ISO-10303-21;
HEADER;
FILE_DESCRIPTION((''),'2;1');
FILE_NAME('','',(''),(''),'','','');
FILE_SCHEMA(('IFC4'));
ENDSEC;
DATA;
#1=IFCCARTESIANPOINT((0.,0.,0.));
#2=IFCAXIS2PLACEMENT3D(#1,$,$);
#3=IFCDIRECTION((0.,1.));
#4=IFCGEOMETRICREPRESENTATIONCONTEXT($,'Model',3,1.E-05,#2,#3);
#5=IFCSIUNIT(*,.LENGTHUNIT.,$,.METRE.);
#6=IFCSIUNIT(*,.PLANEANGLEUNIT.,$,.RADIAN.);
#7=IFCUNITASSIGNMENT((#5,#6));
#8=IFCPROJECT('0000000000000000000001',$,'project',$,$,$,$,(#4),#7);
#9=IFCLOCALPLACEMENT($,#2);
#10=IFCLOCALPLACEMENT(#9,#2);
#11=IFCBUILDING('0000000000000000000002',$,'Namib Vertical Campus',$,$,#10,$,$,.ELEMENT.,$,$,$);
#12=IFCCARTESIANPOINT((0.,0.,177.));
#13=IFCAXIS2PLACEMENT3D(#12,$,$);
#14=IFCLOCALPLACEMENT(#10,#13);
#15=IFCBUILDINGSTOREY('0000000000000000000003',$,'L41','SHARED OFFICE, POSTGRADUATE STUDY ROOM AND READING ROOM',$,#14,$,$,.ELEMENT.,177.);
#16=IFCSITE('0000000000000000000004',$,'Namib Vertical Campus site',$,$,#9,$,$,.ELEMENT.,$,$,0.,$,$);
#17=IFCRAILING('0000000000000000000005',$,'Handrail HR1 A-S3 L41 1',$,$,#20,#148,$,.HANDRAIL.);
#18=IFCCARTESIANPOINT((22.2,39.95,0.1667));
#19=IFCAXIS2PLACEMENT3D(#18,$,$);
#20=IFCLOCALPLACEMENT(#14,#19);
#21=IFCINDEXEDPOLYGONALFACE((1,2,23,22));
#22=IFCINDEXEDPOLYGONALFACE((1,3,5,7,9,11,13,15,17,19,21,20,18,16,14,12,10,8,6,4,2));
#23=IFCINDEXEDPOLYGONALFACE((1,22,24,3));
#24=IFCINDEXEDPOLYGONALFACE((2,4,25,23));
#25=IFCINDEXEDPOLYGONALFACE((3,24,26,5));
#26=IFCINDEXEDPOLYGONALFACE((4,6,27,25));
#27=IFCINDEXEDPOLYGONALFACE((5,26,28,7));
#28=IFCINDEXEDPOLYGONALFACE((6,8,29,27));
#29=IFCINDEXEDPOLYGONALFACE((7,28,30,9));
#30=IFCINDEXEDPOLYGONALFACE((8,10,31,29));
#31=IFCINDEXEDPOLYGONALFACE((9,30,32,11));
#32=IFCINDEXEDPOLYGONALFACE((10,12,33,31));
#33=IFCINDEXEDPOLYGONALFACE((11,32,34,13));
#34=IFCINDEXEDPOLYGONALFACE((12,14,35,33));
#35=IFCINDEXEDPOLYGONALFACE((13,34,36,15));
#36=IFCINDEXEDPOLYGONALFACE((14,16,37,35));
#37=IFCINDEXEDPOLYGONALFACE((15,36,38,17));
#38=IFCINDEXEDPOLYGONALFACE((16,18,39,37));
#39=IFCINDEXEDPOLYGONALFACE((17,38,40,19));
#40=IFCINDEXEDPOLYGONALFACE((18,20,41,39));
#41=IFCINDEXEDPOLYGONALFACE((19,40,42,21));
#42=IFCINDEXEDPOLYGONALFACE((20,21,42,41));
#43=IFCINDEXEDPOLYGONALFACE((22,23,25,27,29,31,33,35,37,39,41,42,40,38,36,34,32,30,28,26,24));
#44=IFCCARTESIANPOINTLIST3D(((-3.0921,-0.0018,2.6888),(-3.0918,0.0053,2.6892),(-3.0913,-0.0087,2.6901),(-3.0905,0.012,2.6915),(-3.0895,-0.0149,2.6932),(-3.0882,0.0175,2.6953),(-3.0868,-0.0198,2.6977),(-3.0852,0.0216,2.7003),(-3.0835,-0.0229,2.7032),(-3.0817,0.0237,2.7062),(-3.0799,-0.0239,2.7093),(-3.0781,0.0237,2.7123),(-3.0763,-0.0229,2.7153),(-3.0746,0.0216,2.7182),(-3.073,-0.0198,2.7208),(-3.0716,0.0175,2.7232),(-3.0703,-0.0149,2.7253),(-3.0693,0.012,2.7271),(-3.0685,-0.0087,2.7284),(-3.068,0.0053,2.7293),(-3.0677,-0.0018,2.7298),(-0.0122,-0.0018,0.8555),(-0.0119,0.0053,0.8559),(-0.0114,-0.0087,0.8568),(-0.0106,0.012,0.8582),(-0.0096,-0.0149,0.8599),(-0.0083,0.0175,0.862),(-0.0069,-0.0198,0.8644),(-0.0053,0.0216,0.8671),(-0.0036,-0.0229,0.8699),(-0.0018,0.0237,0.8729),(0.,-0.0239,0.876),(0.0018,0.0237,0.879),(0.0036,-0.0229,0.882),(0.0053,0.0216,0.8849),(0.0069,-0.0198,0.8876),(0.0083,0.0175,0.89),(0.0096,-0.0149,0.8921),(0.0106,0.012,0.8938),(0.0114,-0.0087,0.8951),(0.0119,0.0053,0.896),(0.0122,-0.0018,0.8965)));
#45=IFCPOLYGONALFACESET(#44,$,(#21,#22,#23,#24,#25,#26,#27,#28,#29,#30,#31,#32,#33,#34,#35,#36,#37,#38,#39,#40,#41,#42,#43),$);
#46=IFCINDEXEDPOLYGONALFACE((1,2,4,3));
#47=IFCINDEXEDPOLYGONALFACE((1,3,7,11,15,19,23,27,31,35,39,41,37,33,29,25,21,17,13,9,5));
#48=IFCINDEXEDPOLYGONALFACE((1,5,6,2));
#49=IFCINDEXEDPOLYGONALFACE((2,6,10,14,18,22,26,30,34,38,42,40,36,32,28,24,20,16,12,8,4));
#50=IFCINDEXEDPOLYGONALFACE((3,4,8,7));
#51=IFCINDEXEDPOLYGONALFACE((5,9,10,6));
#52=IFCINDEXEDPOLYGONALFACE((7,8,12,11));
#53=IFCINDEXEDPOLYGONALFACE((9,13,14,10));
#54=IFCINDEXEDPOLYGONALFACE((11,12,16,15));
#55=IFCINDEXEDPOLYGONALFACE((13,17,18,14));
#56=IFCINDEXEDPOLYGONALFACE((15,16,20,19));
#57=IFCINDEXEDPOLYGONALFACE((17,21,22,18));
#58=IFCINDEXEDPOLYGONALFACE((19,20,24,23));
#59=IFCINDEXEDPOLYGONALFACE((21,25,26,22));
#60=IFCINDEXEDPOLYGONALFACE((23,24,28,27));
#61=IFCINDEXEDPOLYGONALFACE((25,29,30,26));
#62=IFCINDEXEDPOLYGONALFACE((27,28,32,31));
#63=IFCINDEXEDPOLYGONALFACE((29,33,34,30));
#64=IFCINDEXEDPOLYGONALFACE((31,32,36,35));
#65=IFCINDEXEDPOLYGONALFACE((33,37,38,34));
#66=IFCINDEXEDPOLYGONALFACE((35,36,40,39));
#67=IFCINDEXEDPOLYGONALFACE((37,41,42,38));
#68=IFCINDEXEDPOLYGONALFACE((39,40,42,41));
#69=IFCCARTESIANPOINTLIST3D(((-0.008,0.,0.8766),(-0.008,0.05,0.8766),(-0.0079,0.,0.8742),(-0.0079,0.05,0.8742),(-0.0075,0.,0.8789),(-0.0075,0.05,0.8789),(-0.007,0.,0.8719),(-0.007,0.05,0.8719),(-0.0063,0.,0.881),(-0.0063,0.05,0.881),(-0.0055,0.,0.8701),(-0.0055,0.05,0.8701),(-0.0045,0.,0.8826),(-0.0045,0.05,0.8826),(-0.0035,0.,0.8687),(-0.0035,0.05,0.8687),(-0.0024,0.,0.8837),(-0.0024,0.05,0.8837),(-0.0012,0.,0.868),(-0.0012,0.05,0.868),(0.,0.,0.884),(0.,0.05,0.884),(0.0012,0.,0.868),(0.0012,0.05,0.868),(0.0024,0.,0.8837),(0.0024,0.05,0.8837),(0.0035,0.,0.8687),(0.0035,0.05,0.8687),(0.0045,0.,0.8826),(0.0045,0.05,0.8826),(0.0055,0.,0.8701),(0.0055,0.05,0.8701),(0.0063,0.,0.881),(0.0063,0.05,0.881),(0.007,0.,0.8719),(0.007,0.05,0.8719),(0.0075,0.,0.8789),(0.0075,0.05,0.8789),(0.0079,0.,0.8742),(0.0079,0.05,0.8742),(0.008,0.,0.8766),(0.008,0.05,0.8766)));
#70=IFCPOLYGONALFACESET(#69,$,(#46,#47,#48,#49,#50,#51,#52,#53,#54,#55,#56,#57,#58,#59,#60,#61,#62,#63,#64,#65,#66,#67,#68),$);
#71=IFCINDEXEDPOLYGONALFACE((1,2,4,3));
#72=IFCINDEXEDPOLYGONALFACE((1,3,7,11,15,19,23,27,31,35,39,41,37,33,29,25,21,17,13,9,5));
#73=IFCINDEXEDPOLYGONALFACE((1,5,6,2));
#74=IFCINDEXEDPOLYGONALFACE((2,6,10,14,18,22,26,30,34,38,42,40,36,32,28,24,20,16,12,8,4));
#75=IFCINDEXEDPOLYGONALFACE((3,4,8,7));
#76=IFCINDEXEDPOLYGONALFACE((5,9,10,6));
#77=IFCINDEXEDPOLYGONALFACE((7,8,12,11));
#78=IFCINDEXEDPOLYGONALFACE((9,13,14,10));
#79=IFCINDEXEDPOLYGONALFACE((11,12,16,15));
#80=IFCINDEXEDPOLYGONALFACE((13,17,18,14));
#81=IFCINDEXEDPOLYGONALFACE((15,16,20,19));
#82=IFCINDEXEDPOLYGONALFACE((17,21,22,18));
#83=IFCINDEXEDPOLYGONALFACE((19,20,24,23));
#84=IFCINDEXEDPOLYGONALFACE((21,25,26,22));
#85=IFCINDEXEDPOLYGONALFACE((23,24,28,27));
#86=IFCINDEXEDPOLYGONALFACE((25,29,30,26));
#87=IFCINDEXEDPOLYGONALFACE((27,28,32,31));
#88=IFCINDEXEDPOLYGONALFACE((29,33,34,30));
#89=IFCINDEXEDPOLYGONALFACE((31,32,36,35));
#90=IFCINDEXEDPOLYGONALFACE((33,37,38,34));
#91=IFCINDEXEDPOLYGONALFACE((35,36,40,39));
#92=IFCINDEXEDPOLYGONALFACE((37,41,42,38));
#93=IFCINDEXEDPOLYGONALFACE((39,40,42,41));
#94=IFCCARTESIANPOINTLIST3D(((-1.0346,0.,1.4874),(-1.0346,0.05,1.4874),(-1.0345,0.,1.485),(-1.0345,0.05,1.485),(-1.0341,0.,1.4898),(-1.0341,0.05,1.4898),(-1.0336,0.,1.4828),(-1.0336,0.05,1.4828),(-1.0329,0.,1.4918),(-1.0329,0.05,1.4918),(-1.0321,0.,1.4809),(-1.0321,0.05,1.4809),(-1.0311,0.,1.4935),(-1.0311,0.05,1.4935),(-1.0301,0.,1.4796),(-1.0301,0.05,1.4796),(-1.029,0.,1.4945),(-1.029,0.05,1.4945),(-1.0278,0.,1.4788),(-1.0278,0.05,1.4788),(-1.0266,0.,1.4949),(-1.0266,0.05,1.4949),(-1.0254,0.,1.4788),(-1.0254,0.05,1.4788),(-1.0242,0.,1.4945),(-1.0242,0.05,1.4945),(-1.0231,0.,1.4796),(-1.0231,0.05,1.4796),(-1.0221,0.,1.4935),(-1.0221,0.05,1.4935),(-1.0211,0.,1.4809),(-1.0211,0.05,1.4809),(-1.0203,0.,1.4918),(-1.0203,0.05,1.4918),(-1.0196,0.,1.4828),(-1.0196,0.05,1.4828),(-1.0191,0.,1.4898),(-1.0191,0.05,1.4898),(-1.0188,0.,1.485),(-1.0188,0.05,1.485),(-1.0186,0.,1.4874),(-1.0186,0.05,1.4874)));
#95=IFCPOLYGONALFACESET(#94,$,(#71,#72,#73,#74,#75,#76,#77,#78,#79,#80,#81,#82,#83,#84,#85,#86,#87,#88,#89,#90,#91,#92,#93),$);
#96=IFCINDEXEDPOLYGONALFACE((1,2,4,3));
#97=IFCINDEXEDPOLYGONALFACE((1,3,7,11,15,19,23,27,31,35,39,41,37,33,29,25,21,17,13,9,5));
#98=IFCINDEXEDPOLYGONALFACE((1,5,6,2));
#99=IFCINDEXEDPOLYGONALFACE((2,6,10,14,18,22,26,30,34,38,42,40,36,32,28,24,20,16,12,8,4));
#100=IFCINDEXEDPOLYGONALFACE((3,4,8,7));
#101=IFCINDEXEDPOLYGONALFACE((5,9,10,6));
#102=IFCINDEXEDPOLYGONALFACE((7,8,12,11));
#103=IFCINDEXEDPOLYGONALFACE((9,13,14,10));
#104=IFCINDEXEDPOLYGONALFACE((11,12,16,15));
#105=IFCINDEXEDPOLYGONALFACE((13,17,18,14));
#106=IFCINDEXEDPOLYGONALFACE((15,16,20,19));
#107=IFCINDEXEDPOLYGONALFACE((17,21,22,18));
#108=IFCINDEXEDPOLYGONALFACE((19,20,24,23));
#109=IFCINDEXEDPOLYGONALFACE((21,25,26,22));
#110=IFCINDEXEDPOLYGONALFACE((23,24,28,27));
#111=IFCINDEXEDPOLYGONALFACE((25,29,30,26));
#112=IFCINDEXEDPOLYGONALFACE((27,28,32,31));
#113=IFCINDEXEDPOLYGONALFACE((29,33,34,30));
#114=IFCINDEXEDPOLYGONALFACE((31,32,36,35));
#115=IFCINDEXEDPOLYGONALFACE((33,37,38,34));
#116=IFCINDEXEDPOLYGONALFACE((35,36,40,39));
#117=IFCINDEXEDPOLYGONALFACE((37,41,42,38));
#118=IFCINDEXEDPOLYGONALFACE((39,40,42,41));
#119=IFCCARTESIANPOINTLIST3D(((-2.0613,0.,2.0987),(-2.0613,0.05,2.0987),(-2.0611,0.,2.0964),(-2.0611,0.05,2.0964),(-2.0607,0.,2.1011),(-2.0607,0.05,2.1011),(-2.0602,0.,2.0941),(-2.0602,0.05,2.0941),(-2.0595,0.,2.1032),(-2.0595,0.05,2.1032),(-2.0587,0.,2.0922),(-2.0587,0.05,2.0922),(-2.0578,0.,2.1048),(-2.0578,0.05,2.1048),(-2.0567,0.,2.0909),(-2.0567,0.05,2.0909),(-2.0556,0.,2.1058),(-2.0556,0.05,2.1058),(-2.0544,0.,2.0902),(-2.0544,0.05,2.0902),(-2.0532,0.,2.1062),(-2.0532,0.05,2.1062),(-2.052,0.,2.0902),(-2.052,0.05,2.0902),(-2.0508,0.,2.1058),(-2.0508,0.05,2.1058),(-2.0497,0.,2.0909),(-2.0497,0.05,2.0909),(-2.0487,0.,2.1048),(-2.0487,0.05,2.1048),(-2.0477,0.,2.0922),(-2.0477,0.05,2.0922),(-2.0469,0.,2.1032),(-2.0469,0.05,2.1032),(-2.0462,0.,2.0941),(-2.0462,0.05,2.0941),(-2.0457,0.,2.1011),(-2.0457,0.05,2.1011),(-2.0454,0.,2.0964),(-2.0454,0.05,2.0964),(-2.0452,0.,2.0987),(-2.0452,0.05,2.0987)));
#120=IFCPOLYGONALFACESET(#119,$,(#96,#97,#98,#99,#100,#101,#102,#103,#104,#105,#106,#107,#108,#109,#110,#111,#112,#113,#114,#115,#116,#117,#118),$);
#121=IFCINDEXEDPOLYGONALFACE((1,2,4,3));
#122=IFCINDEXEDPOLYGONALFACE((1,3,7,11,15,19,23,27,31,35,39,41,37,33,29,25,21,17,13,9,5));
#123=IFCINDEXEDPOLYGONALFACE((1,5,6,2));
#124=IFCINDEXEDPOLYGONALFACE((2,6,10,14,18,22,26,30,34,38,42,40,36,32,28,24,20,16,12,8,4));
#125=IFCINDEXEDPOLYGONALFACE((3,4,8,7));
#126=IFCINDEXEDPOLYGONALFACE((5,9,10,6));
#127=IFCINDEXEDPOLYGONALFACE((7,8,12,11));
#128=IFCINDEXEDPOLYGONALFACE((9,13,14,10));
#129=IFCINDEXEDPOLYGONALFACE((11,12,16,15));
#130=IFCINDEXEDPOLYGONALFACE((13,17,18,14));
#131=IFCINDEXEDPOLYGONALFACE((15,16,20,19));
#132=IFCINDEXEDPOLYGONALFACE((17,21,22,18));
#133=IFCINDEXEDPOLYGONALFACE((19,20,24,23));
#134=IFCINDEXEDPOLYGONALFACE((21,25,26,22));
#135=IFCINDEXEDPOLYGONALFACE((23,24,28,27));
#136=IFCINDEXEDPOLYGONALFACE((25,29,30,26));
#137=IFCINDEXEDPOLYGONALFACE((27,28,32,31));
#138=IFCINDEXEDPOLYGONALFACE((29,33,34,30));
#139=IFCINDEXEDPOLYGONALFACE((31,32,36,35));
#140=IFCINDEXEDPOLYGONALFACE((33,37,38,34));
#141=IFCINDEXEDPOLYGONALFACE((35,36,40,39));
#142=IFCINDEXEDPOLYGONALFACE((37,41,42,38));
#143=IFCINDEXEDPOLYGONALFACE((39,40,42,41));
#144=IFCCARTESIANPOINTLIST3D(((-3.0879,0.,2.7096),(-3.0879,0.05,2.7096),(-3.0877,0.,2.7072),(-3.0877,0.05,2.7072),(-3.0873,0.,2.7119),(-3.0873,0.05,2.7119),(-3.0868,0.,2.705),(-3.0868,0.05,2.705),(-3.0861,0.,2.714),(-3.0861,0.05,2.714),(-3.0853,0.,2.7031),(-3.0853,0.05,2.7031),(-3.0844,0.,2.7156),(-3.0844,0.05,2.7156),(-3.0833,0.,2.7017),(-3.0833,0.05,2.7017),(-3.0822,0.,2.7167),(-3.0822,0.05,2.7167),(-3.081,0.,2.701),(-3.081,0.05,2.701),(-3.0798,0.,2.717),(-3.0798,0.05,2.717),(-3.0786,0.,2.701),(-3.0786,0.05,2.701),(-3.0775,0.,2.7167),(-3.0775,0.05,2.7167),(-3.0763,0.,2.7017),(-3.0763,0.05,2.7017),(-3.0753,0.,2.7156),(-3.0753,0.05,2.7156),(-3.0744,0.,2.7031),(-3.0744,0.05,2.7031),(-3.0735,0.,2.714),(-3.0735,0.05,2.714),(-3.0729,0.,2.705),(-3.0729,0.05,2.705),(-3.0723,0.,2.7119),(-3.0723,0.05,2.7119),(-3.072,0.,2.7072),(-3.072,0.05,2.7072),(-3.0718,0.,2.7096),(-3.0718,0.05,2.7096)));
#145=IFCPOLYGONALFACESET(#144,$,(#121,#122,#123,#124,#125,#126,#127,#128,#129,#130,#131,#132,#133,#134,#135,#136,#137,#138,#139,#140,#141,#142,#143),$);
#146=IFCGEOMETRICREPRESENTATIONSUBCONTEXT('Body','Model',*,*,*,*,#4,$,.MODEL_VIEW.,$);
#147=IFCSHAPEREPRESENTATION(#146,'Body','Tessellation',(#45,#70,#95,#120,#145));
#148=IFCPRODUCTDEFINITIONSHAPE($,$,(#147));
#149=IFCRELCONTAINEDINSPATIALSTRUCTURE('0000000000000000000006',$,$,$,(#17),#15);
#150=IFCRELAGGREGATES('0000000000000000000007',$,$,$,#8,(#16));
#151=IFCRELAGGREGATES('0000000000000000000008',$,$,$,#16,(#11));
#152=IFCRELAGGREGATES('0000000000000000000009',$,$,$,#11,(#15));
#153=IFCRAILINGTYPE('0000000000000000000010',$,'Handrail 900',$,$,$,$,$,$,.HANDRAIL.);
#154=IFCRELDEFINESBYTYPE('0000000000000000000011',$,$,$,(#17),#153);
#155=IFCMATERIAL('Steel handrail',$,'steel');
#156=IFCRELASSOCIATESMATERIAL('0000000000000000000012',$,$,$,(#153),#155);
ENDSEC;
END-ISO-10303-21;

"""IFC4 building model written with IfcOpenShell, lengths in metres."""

from ifc_helpers import new_model, si_unit, direction, frame, origin, origin_2d, place, context, subcontext, project, spatial, circle, extrude, material, type_object, element, save


model = new_model("IFC4")

# Units and contexts
model_context = context("Model", 3, precision=1e-05, world=origin(), true_north=direction((0.0, 1.0)))
body_context = subcontext(model_context, "Body", "Model", "MODEL_VIEW")
ifc_project = project(units=[si_unit("LENGTHUNIT", "METRE"), si_unit("PLANEANGLEUNIT", "RADIAN")], contexts=[model_context])

# Site, building, storey
site_placement = place(None, origin())
site = spatial("IfcSite", under=ifc_project, at=site_placement, Name="Namib Vertical Campus site", CompositionType="ELEMENT", RefElevation=0.0)
building_placement = place(site_placement, origin())
building = spatial("IfcBuilding", under=site, at=building_placement, Name="Namib Vertical Campus", CompositionType="ELEMENT")
storey_placement = place(building_placement, frame((0.0, 0.0, 177.0)))
storey = spatial("IfcBuildingStorey", under=building, at=storey_placement, Name="L41", Description="SHARED OFFICE, POSTGRADUATE STUDY ROOM AND READING ROOM", CompositionType="ELEMENT", Elevation=177.0)

# Railing
ifc_material_1 = material(Name="Steel handrail", Category="steel")
railing_type_1 = type_object("IfcRailingType", Name="Handrail 900", PredefinedType="HANDRAIL", material=ifc_material_1)
railing_1_placement = place(storey_placement, frame((22.2, 39.95, 0.1667)))
element("IfcRailing", 1, at=railing_1_placement, inside=storey, type_object=railing_type_1, Name="Handrail HR1 A-S3 L41 1", PredefinedType="HANDRAIL", context=body_context, shape_type="SweptSolid", body=[
    extrude(circle(Radius=0.0239, at=origin_2d()), frame((0.0, 0.0, 0.876), z_axis=(-0.859291, 0.0, 0.511487), x_axis=(0.0, -1.0, 0.0)), (0.0, 0.0, 1.0), 3.5842),
    extrude(circle(Radius=0.0081, at=origin_2d()), frame((0.0, 0.0, 0.876), z_axis=(0.0, 1.0, 0.0), x_axis=(0.0, 0.0, 1.0)), (0.0, 0.0, 1.0), 0.05),
    extrude(circle(Radius=0.0081, at=origin_2d()), frame((-1.0266, 0.0, 1.4868), z_axis=(0.0, 1.0, 0.0), x_axis=(0.0, 0.0, 1.0)), (0.0, 0.0, 1.0), 0.05),
    extrude(circle(Radius=0.0081, at=origin_2d()), frame((-2.0532, 0.0, 2.0981), z_axis=(0.0, 1.0, 0.0), x_axis=(0.0, 0.0, 1.0)), (0.0, 0.0, 1.0), 0.05),
    extrude(circle(Radius=0.0081, at=origin_2d()), frame((-3.0798, 0.0, 2.709), z_axis=(0.0, 1.0, 0.0), x_axis=(0.0, 0.0, 1.0)), (0.0, 0.0, 1.0), 0.05),
])

save(model, "model.ifc")
